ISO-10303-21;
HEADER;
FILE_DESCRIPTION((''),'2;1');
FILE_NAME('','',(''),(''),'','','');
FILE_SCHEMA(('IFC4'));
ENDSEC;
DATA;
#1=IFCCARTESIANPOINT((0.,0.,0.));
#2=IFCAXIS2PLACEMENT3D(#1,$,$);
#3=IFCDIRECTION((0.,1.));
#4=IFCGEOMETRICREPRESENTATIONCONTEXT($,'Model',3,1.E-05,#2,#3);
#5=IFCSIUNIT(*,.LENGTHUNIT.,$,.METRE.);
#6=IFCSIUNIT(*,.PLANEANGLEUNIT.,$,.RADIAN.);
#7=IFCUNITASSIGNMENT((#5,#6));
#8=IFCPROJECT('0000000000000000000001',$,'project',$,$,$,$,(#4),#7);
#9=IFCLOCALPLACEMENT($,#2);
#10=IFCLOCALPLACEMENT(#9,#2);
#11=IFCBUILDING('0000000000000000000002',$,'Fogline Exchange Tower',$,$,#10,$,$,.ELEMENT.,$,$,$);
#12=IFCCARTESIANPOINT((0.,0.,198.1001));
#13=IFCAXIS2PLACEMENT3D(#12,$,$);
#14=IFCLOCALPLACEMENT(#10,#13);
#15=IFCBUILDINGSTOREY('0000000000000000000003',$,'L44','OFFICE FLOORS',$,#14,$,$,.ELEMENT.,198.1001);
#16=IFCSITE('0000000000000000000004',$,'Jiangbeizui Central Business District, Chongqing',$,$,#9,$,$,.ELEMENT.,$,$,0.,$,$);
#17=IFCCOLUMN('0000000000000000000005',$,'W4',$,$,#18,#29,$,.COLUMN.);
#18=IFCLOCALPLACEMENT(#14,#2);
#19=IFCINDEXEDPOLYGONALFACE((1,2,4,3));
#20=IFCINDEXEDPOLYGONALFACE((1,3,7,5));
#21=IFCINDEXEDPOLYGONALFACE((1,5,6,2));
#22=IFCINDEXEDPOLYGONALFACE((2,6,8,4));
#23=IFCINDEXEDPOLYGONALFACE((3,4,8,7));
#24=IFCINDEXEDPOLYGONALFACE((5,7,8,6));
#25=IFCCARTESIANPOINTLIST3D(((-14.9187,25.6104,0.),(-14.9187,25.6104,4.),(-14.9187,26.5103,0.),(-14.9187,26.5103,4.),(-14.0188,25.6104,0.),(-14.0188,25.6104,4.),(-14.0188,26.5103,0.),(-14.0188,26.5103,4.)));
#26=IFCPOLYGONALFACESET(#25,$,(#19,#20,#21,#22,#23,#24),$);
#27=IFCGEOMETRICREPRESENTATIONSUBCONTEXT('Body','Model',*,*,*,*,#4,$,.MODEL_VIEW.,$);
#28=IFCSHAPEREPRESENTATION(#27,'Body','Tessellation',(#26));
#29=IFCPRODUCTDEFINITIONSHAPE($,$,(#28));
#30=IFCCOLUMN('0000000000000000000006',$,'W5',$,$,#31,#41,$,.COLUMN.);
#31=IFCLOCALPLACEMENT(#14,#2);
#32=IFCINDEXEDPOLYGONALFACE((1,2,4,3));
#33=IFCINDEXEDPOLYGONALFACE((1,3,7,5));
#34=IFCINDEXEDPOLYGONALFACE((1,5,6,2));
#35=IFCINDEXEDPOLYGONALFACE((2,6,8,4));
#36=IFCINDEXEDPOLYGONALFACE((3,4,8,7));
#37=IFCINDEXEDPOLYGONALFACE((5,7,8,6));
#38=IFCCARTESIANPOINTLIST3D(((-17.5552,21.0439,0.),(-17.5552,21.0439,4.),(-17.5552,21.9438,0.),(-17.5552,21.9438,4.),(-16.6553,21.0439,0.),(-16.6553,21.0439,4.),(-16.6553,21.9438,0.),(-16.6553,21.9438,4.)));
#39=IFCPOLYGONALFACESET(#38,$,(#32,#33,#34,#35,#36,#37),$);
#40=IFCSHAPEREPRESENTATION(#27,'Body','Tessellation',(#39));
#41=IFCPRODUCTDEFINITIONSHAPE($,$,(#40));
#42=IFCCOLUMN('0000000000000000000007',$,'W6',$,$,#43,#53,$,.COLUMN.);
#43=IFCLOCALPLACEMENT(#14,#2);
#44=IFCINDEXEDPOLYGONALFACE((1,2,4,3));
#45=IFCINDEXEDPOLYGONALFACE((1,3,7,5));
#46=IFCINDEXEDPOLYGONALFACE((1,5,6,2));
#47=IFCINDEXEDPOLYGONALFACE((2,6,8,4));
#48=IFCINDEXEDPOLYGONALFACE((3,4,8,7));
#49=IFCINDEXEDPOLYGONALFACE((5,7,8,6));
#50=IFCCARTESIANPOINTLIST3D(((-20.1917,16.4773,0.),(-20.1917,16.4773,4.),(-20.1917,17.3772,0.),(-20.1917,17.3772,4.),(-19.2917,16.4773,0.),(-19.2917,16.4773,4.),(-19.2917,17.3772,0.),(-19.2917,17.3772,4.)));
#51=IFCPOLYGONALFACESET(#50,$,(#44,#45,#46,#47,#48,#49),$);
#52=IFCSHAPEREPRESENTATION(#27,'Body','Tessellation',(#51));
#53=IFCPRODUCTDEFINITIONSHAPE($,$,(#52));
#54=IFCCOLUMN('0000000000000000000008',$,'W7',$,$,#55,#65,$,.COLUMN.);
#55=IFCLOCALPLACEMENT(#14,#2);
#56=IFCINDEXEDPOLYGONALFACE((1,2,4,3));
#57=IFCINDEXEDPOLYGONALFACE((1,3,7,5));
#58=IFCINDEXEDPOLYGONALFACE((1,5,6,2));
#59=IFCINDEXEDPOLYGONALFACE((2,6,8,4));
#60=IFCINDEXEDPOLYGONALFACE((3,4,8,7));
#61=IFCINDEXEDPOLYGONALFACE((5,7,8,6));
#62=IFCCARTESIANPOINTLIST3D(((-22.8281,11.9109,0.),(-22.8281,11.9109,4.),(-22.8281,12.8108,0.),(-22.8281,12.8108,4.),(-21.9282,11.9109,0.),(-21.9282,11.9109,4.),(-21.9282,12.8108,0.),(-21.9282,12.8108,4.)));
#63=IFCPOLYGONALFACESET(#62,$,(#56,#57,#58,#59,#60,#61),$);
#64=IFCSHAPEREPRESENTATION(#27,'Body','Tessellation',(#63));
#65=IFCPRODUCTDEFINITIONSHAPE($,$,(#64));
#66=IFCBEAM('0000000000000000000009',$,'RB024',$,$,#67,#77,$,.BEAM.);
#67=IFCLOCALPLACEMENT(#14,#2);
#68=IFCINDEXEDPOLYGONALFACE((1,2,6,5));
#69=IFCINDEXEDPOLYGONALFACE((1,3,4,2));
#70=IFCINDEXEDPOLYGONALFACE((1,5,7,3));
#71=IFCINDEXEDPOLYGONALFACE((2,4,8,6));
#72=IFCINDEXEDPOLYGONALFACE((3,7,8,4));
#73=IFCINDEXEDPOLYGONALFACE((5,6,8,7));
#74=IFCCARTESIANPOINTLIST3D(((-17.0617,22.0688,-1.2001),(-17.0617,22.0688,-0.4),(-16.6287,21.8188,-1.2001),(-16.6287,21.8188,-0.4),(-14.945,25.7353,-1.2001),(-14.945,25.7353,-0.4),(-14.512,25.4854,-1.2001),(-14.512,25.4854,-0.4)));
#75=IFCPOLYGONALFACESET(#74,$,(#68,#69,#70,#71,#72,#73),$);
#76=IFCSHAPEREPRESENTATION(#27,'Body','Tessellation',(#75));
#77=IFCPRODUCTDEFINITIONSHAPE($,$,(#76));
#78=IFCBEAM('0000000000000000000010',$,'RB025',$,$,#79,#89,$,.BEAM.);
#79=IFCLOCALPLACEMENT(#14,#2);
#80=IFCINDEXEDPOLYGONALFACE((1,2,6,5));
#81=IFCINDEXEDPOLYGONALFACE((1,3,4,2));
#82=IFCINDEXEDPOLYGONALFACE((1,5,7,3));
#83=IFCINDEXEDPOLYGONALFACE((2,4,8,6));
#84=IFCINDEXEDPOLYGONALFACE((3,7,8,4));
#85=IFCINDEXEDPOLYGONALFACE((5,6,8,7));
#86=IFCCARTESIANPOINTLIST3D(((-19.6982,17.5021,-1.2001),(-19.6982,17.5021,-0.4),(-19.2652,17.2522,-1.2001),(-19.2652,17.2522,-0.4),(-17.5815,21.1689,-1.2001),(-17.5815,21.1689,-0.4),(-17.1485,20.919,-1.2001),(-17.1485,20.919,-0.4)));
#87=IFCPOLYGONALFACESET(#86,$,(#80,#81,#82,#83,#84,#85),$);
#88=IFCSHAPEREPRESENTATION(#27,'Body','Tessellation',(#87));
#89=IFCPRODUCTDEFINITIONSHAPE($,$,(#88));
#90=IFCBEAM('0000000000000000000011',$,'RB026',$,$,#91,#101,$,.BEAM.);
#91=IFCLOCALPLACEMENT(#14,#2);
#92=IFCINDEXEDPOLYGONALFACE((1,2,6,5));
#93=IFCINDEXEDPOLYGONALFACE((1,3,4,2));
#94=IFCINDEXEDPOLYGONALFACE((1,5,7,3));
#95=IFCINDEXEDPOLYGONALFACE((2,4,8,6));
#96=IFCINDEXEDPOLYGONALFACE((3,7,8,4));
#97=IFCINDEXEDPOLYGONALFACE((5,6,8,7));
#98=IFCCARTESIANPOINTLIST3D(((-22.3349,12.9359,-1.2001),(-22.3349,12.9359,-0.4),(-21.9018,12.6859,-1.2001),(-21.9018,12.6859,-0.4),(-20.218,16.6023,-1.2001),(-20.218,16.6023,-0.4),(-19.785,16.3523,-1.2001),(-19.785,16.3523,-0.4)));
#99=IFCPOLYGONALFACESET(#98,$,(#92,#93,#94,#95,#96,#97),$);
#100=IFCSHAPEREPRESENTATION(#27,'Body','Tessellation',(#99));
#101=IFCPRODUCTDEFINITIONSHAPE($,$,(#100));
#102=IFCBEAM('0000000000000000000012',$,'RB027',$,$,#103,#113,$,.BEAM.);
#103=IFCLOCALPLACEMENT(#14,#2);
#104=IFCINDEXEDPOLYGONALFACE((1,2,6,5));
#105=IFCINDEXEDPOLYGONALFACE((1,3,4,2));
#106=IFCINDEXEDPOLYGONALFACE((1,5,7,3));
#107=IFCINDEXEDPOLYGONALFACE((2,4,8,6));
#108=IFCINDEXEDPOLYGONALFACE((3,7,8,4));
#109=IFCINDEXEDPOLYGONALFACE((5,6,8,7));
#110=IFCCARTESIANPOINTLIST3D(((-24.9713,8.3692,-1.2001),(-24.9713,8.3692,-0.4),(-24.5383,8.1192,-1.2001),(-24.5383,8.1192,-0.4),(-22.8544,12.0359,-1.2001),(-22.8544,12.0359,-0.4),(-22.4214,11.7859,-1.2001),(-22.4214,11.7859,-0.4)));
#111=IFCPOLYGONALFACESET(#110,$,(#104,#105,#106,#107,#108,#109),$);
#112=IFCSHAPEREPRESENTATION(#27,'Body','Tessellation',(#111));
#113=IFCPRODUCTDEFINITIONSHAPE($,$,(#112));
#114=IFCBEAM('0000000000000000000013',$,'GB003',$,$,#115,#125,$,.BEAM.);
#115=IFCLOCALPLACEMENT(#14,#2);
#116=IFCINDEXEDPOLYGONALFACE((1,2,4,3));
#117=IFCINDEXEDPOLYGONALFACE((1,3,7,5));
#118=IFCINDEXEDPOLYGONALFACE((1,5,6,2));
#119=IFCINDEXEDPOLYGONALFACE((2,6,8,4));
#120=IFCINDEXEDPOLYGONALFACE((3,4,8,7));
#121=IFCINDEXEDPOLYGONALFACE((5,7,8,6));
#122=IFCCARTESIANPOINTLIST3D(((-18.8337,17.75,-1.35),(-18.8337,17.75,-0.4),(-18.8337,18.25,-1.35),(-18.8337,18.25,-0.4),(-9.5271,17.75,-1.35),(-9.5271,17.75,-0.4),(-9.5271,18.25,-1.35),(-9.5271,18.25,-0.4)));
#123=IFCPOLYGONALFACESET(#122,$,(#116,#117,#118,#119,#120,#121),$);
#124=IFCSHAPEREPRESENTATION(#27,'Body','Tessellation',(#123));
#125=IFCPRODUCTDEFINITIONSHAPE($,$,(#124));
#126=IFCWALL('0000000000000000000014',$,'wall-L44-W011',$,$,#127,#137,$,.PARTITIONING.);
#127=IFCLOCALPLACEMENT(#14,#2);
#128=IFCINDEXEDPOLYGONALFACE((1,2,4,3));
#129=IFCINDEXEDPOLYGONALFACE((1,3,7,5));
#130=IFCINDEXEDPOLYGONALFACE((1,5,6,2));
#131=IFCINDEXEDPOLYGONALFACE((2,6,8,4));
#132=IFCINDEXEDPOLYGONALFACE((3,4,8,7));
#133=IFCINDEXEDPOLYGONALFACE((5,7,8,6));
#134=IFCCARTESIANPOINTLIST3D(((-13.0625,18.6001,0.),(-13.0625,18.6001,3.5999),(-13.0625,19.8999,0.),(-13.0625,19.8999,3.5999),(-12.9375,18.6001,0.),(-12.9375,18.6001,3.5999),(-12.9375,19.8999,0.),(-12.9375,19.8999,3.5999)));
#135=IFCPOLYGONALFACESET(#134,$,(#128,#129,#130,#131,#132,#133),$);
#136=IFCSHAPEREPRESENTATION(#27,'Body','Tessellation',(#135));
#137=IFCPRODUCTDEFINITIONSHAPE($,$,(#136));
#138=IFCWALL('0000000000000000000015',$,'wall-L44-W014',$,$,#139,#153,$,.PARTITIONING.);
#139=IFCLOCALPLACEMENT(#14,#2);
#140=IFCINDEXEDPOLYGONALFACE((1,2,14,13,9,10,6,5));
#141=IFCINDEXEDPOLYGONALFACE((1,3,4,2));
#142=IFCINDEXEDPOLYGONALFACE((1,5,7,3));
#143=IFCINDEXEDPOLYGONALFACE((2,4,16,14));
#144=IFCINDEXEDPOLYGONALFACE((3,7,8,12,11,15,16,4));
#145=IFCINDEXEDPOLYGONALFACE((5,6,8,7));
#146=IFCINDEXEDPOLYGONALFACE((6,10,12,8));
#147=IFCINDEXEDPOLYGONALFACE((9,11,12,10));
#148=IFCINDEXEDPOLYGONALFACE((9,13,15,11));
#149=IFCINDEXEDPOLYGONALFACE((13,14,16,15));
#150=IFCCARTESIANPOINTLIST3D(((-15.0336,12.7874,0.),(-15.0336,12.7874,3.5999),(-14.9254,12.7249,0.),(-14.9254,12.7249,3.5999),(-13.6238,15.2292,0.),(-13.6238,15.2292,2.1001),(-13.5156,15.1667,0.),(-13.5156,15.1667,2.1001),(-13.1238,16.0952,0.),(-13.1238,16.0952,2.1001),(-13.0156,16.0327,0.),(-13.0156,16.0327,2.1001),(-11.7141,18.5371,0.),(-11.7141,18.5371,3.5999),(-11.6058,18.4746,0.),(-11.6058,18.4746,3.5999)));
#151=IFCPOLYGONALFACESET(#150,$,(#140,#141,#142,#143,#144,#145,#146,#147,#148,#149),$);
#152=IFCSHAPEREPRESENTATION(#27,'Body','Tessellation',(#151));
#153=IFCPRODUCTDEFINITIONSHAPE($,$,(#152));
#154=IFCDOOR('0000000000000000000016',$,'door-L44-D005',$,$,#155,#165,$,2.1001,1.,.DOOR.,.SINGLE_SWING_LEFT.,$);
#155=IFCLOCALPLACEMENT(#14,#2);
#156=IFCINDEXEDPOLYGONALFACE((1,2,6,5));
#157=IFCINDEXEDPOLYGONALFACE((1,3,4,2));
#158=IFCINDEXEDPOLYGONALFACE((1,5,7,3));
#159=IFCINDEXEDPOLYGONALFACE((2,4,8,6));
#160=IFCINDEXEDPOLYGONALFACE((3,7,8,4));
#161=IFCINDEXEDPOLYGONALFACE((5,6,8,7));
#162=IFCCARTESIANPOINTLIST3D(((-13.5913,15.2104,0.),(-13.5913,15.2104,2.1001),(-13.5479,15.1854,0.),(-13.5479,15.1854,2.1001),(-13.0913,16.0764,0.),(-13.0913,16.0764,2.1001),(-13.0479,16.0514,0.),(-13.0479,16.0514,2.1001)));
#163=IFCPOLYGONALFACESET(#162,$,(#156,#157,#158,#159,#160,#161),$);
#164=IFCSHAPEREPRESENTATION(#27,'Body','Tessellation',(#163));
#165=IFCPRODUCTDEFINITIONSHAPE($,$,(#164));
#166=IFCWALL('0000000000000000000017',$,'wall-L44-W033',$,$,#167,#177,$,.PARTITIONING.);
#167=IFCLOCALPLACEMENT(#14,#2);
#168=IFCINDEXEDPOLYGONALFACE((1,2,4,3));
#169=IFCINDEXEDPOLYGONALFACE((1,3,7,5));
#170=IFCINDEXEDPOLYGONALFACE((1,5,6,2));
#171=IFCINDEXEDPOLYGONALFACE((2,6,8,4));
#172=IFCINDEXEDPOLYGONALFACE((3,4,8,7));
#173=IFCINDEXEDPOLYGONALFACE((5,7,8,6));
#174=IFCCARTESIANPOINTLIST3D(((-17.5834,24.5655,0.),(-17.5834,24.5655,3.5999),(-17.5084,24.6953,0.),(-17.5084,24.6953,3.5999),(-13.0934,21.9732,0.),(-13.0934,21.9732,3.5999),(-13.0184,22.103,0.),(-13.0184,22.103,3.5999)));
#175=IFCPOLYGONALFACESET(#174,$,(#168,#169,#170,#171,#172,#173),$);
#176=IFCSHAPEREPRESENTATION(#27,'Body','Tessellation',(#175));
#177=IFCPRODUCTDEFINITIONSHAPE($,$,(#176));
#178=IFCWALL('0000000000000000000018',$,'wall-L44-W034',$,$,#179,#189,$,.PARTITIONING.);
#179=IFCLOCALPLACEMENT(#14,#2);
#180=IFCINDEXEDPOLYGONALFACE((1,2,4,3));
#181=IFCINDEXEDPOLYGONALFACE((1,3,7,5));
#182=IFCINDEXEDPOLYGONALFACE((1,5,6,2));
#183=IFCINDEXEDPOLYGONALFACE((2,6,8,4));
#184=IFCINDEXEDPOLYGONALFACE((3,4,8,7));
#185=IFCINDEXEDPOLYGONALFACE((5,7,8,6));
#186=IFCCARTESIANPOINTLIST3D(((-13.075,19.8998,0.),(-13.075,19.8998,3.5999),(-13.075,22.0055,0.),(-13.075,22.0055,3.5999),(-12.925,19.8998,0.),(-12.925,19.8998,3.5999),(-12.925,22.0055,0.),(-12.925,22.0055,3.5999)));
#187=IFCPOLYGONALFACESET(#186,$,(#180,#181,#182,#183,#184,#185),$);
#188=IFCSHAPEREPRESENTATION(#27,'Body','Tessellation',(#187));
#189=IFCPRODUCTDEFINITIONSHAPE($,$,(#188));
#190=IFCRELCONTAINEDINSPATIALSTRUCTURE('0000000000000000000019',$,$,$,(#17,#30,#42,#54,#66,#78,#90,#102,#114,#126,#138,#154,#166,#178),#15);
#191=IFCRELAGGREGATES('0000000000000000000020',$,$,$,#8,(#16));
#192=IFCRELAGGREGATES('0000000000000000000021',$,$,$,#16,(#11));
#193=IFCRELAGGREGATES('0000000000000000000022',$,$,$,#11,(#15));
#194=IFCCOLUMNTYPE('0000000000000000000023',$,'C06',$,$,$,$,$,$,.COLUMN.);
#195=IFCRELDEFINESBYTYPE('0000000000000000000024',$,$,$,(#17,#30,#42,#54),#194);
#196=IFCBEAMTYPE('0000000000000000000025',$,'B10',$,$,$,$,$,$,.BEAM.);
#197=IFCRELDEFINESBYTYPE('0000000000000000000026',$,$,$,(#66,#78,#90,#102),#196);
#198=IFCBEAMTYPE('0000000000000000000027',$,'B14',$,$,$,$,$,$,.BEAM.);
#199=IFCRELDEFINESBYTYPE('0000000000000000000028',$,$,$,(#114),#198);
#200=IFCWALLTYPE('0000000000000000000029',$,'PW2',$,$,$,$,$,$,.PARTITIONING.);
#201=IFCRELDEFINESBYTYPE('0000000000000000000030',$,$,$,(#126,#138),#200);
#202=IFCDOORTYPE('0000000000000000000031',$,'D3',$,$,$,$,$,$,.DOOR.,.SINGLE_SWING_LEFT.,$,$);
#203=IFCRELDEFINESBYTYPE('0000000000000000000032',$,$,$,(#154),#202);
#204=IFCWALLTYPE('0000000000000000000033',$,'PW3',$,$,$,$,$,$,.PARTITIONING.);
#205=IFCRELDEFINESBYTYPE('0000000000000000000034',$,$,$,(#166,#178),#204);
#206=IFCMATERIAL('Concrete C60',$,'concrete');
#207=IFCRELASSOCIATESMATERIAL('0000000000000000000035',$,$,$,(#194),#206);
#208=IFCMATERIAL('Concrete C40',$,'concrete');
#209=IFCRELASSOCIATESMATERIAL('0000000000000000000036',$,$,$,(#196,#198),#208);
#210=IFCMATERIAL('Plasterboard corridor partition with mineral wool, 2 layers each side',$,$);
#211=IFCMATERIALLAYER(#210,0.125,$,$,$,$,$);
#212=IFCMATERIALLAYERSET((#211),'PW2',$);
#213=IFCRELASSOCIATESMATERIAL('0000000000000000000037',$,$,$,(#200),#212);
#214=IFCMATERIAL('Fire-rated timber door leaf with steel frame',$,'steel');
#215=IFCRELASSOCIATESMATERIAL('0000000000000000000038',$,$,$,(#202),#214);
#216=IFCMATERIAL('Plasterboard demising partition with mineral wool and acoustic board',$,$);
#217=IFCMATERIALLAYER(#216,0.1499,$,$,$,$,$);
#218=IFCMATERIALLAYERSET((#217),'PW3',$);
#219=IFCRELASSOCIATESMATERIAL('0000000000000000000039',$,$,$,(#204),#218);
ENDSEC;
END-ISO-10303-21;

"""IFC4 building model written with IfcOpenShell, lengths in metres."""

from ifc_helpers import new_model, si_unit, direction, frame, frame_2d, origin, origin_2d, place, context, subcontext, project, spatial, rectangle, extrude, material, layer, layer_set, material_profile, profile_set, type_object, element, fill, save


model = new_model("IFC4")

# Units and contexts
model_context = context("Model", 3, precision=1e-05, world=origin(), true_north=direction((0.0, 1.0)))
body_context = subcontext(model_context, "Body", "Model", "MODEL_VIEW")
ifc_project = project(units=[si_unit("LENGTHUNIT", "METRE"), si_unit("PLANEANGLEUNIT", "RADIAN")], contexts=[model_context])

# Site, building, storey
site_placement = place(None, origin())
site = spatial("IfcSite", under=ifc_project, at=site_placement, Name="Jiangbeizui Central Business District, Chongqing", CompositionType="ELEMENT", RefElevation=0.0)
building_placement = place(site_placement, origin())
building = spatial("IfcBuilding", under=site, at=building_placement, Name="Fogline Exchange Tower", CompositionType="ELEMENT")
storey_placement = place(building_placement, frame((0.0, 0.0, 198.1001)))
storey = spatial("IfcBuildingStorey", under=building, at=storey_placement, Name="L44", Description="OFFICE FLOORS", CompositionType="ELEMENT", Elevation=198.1001)

# Columns
ifc_material_1 = material(Name="Concrete C60", Category="concrete")
ifc_material_profile_1 = material_profile(ifc_material_1, rectangle(XDim=0.8999, YDim=0.8999, at=origin_2d()), Name="RC 900x900")
ifc_profile_set_1 = profile_set([ifc_material_profile_1], Name="Concrete C60")
column_type = type_object("IfcColumnType", Name="C06", PredefinedType="COLUMN", material=ifc_profile_set_1)
for number, where, z_axis, x_axis, name in (
    (1, (-14.4688, 26.0603, 0.0), (0.0, 0.0, 1.0), (1.0, 0.0, 0.0), "W4"),
    (2, (-17.1052, 21.4939, 0.0), (0.0, 0.0, 1.0), (1.0, 0.0, 0.0), "W5"),
    (3, (-19.7417, 16.9272, 0.0), (0.0, 0.0, 1.0), (1.0, 0.0, 0.0), "W6"),
    (4, (-22.3782, 12.3608, 0.0), (0.0, 0.0, 1.0), (1.0, 0.0, 0.0), "W7"),
):
    element("IfcColumn", number, at=place(storey_placement, frame(where, z_axis=z_axis, x_axis=x_axis)), inside=storey, type_object=column_type, Name=name, PredefinedType="COLUMN", context=body_context, shape_type="SweptSolid", body=[
        extrude(rectangle(XDim=0.8999, YDim=0.8999, at=origin_2d()), origin(), (0.0, 0.0, 1.0), 4.0),
    ])

# Beams
ifc_material_2 = material(Name="Concrete C40", Category="concrete")
ifc_material_profile_2 = material_profile(ifc_material_2, rectangle(XDim=0.5, YDim=0.8, at=origin_2d()), Name="RC 500x800")
ifc_profile_set_2 = profile_set([ifc_material_profile_2], Name="Concrete C40")
beam_type_1 = type_object("IfcBeamType", Name="B10", PredefinedType="BEAM", material=ifc_profile_set_2)
beam_1_placement = place(storey_placement, frame((-14.7285, 25.6104, -0.8), z_axis=(-0.499972, -0.866042, 0.0), x_axis=(0.866042, -0.499972, 0.0)))
element("IfcBeam", 5, at=beam_1_placement, inside=storey, type_object=beam_type_1, Name="RB024", PredefinedType="BEAM", context=body_context, shape_type="SweptSolid", body=[
    extrude(rectangle(XDim=0.5, YDim=0.8, at=origin_2d()), origin(), (0.0, 0.0, 1.0), 4.2336),
])
beam_2_placement = place(storey_placement, frame((-17.365, 21.0439, -0.8), z_axis=(-0.499947, -0.866056, 0.0), x_axis=(0.866056, -0.499947, 0.0)))
element("IfcBeam", 6, at=beam_2_placement, inside=storey, type_object=beam_type_1, Name="RB025", PredefinedType="BEAM", context=body_context, shape_type="SweptSolid", body=[
    extrude(rectangle(XDim=0.5, YDim=0.8, at=origin_2d()), origin(), (0.0, 0.0, 1.0), 4.2339),
])
beam_3_placement = place(storey_placement, frame((-20.0015, 16.4773, -0.8), z_axis=(-0.500015, -0.866017, 0.0), x_axis=(0.866017, -0.500015, 0.0)))
element("IfcBeam", 7, at=beam_3_placement, inside=storey, type_object=beam_type_1, Name="RB026", PredefinedType="BEAM", context=body_context, shape_type="SweptSolid", body=[
    extrude(rectangle(XDim=0.5, YDim=0.8, at=origin_2d()), origin(), (0.0, 0.0, 1.0), 4.2336),
])
beam_4_placement = place(storey_placement, frame((-22.6379, 11.9109, -0.8), z_axis=(-0.49999, -0.866031, 0.0), x_axis=(0.866031, -0.49999, 0.0)))
element("IfcBeam", 8, at=beam_4_placement, inside=storey, type_object=beam_type_1, Name="RB027", PredefinedType="BEAM", context=body_context, shape_type="SweptSolid", body=[
    extrude(rectangle(XDim=0.5, YDim=0.8, at=origin_2d()), origin(), (0.0, 0.0, 1.0), 4.2339),
])
ifc_material_profile_3 = material_profile(ifc_material_2, rectangle(XDim=0.5, YDim=0.95, at=origin_2d()), Name="RC 500x950")
ifc_profile_set_3 = profile_set([ifc_material_profile_3], Name="Concrete C40")
beam_type_2 = type_object("IfcBeamType", Name="B14", PredefinedType="BEAM", material=ifc_profile_set_3)
beam_5_placement = place(storey_placement, frame((-18.8337, 18.0, -0.875), z_axis=(1.0, 0.0, 0.0), x_axis=(0.0, 1.0, 0.0)))
element("IfcBeam", 9, at=beam_5_placement, inside=storey, type_object=beam_type_2, Name="GB003", PredefinedType="BEAM", context=body_context, shape_type="SweptSolid", body=[
    extrude(rectangle(XDim=0.5, YDim=0.95, at=origin_2d()), origin(), (0.0, 0.0, 1.0), 9.3066),
])

# Wall
ifc_material_3 = material(Name="Plasterboard corridor partition with mineral wool, 2 layers each side")
ifc_layer_1 = layer(ifc_material_3, 0.125)
ifc_layer_set_1 = layer_set([ifc_layer_1], Name="PW2")
wall_type_1 = type_object("IfcWallType", Name="PW2", PredefinedType="PARTITIONING", material=ifc_layer_set_1)
wall_1_placement = place(storey_placement, frame((-13.0, 18.6001, 0.0), z_axis=(0.0, 0.0, 1.0), x_axis=(0.0, 1.0, 0.0)))
element("IfcWall", 10, at=wall_1_placement, inside=storey, type_object=wall_type_1, Name="wall-L44-W011", PredefinedType="PARTITIONING", context=body_context, shape_type="SweptSolid", body=[
    extrude(rectangle(XDim=1.2998, YDim=0.125, at=frame_2d((0.6499, 0.0))), origin(), (0.0, 0.0, 1.0), 3.5999),
])

# Wall, opening, door
wall_2_placement = place(storey_placement, frame((-14.9795, 12.7561, 0.0), z_axis=(0.0, 0.0, 1.0), x_axis=(0.499995, 0.866028, 0.0)))
wall_2 = element("IfcWall", 11, at=wall_2_placement, inside=storey, type_object=wall_type_1, Name="wall-L44-W014", PredefinedType="PARTITIONING", context=body_context, shape_type="SweptSolid", body=[
    extrude(rectangle(XDim=6.6392, YDim=0.125, at=frame_2d((3.3196, 0.0))), origin(), (0.0, 0.0, 1.0), 3.5999),
])
opening_placement = place(wall_2_placement, frame((2.8196, 0.0, 0.0)))
opening = element("IfcOpeningElement", 12, at=opening_placement, cuts=wall_2, PredefinedType="OPENING", context=body_context, shape_type="SweptSolid", body=[
    extrude(rectangle(XDim=1.0, YDim=2.1001, at=frame_2d((0.5, 1.05))), frame((0.0, 0.0725, 0.0), z_axis=(0.0, -1.0, 0.0), x_axis=(1.0, 0.0, 0.0)), (0.0, 0.0, 1.0), 0.145),
])
ifc_material_4 = material(Name="Fire-rated timber door leaf with steel frame", Category="steel")
door_type = type_object("IfcDoorType", Name="D3", OperationType="SINGLE_SWING_LEFT", PredefinedType="DOOR", material=ifc_material_4)
door_placement = place(opening_placement, origin())
door = element("IfcDoor", 13, at=door_placement, inside=storey, type_object=door_type, Name="door-L44-D005", OperationType="SINGLE_SWING_LEFT", OverallHeight=2.1001, OverallWidth=1.0, PredefinedType="DOOR", context=body_context, shape_type="SweptSolid", body=[
    extrude(rectangle(XDim=1.0, YDim=2.1001, at=frame_2d((0.5, 1.05))), frame((0.0, 0.0249, 0.0), z_axis=(0.0, -1.0, 0.0), x_axis=(1.0, 0.0, 0.0)), (0.0, 0.0, 1.0), 0.05),
])
fill(opening, door)

# Walls
ifc_material_5 = material(Name="Plasterboard demising partition with mineral wool and acoustic board")
ifc_layer_2 = layer(ifc_material_5, 0.1499)
ifc_layer_set_2 = layer_set([ifc_layer_2], Name="PW3")
wall_type_2 = type_object("IfcWallType", Name="PW3", PredefinedType="PARTITIONING", material=ifc_layer_set_2)
wall_3_placement = place(storey_placement, frame((-13.0559, 22.0381, 0.0), z_axis=(0.0, 0.0, 1.0), x_axis=(-0.866026, 0.499998, 0.0)))
element("IfcWall", 14, at=wall_3_placement, inside=storey, type_object=wall_type_2, Name="wall-L44-W033", PredefinedType="PARTITIONING", context=body_context, shape_type="SweptSolid", body=[
    extrude(rectangle(XDim=5.1846, YDim=0.1499, at=frame_2d((2.5923, 0.0))), origin(), (0.0, 0.0, 1.0), 3.5999),
])
wall_4_placement = place(storey_placement, frame((-13.0, 19.8999, 0.0), z_axis=(0.0, 0.0, 1.0), x_axis=(0.0, 1.0, 0.0)))
element("IfcWall", 15, at=wall_4_placement, inside=storey, type_object=wall_type_2, Name="wall-L44-W034", PredefinedType="PARTITIONING", context=body_context, shape_type="SweptSolid", body=[
    extrude(rectangle(XDim=2.1057, YDim=0.1499, at=frame_2d((1.0527, 0.0))), origin(), (0.0, 0.0, 1.0), 3.5999),
])

save(model, "model.ifc")
